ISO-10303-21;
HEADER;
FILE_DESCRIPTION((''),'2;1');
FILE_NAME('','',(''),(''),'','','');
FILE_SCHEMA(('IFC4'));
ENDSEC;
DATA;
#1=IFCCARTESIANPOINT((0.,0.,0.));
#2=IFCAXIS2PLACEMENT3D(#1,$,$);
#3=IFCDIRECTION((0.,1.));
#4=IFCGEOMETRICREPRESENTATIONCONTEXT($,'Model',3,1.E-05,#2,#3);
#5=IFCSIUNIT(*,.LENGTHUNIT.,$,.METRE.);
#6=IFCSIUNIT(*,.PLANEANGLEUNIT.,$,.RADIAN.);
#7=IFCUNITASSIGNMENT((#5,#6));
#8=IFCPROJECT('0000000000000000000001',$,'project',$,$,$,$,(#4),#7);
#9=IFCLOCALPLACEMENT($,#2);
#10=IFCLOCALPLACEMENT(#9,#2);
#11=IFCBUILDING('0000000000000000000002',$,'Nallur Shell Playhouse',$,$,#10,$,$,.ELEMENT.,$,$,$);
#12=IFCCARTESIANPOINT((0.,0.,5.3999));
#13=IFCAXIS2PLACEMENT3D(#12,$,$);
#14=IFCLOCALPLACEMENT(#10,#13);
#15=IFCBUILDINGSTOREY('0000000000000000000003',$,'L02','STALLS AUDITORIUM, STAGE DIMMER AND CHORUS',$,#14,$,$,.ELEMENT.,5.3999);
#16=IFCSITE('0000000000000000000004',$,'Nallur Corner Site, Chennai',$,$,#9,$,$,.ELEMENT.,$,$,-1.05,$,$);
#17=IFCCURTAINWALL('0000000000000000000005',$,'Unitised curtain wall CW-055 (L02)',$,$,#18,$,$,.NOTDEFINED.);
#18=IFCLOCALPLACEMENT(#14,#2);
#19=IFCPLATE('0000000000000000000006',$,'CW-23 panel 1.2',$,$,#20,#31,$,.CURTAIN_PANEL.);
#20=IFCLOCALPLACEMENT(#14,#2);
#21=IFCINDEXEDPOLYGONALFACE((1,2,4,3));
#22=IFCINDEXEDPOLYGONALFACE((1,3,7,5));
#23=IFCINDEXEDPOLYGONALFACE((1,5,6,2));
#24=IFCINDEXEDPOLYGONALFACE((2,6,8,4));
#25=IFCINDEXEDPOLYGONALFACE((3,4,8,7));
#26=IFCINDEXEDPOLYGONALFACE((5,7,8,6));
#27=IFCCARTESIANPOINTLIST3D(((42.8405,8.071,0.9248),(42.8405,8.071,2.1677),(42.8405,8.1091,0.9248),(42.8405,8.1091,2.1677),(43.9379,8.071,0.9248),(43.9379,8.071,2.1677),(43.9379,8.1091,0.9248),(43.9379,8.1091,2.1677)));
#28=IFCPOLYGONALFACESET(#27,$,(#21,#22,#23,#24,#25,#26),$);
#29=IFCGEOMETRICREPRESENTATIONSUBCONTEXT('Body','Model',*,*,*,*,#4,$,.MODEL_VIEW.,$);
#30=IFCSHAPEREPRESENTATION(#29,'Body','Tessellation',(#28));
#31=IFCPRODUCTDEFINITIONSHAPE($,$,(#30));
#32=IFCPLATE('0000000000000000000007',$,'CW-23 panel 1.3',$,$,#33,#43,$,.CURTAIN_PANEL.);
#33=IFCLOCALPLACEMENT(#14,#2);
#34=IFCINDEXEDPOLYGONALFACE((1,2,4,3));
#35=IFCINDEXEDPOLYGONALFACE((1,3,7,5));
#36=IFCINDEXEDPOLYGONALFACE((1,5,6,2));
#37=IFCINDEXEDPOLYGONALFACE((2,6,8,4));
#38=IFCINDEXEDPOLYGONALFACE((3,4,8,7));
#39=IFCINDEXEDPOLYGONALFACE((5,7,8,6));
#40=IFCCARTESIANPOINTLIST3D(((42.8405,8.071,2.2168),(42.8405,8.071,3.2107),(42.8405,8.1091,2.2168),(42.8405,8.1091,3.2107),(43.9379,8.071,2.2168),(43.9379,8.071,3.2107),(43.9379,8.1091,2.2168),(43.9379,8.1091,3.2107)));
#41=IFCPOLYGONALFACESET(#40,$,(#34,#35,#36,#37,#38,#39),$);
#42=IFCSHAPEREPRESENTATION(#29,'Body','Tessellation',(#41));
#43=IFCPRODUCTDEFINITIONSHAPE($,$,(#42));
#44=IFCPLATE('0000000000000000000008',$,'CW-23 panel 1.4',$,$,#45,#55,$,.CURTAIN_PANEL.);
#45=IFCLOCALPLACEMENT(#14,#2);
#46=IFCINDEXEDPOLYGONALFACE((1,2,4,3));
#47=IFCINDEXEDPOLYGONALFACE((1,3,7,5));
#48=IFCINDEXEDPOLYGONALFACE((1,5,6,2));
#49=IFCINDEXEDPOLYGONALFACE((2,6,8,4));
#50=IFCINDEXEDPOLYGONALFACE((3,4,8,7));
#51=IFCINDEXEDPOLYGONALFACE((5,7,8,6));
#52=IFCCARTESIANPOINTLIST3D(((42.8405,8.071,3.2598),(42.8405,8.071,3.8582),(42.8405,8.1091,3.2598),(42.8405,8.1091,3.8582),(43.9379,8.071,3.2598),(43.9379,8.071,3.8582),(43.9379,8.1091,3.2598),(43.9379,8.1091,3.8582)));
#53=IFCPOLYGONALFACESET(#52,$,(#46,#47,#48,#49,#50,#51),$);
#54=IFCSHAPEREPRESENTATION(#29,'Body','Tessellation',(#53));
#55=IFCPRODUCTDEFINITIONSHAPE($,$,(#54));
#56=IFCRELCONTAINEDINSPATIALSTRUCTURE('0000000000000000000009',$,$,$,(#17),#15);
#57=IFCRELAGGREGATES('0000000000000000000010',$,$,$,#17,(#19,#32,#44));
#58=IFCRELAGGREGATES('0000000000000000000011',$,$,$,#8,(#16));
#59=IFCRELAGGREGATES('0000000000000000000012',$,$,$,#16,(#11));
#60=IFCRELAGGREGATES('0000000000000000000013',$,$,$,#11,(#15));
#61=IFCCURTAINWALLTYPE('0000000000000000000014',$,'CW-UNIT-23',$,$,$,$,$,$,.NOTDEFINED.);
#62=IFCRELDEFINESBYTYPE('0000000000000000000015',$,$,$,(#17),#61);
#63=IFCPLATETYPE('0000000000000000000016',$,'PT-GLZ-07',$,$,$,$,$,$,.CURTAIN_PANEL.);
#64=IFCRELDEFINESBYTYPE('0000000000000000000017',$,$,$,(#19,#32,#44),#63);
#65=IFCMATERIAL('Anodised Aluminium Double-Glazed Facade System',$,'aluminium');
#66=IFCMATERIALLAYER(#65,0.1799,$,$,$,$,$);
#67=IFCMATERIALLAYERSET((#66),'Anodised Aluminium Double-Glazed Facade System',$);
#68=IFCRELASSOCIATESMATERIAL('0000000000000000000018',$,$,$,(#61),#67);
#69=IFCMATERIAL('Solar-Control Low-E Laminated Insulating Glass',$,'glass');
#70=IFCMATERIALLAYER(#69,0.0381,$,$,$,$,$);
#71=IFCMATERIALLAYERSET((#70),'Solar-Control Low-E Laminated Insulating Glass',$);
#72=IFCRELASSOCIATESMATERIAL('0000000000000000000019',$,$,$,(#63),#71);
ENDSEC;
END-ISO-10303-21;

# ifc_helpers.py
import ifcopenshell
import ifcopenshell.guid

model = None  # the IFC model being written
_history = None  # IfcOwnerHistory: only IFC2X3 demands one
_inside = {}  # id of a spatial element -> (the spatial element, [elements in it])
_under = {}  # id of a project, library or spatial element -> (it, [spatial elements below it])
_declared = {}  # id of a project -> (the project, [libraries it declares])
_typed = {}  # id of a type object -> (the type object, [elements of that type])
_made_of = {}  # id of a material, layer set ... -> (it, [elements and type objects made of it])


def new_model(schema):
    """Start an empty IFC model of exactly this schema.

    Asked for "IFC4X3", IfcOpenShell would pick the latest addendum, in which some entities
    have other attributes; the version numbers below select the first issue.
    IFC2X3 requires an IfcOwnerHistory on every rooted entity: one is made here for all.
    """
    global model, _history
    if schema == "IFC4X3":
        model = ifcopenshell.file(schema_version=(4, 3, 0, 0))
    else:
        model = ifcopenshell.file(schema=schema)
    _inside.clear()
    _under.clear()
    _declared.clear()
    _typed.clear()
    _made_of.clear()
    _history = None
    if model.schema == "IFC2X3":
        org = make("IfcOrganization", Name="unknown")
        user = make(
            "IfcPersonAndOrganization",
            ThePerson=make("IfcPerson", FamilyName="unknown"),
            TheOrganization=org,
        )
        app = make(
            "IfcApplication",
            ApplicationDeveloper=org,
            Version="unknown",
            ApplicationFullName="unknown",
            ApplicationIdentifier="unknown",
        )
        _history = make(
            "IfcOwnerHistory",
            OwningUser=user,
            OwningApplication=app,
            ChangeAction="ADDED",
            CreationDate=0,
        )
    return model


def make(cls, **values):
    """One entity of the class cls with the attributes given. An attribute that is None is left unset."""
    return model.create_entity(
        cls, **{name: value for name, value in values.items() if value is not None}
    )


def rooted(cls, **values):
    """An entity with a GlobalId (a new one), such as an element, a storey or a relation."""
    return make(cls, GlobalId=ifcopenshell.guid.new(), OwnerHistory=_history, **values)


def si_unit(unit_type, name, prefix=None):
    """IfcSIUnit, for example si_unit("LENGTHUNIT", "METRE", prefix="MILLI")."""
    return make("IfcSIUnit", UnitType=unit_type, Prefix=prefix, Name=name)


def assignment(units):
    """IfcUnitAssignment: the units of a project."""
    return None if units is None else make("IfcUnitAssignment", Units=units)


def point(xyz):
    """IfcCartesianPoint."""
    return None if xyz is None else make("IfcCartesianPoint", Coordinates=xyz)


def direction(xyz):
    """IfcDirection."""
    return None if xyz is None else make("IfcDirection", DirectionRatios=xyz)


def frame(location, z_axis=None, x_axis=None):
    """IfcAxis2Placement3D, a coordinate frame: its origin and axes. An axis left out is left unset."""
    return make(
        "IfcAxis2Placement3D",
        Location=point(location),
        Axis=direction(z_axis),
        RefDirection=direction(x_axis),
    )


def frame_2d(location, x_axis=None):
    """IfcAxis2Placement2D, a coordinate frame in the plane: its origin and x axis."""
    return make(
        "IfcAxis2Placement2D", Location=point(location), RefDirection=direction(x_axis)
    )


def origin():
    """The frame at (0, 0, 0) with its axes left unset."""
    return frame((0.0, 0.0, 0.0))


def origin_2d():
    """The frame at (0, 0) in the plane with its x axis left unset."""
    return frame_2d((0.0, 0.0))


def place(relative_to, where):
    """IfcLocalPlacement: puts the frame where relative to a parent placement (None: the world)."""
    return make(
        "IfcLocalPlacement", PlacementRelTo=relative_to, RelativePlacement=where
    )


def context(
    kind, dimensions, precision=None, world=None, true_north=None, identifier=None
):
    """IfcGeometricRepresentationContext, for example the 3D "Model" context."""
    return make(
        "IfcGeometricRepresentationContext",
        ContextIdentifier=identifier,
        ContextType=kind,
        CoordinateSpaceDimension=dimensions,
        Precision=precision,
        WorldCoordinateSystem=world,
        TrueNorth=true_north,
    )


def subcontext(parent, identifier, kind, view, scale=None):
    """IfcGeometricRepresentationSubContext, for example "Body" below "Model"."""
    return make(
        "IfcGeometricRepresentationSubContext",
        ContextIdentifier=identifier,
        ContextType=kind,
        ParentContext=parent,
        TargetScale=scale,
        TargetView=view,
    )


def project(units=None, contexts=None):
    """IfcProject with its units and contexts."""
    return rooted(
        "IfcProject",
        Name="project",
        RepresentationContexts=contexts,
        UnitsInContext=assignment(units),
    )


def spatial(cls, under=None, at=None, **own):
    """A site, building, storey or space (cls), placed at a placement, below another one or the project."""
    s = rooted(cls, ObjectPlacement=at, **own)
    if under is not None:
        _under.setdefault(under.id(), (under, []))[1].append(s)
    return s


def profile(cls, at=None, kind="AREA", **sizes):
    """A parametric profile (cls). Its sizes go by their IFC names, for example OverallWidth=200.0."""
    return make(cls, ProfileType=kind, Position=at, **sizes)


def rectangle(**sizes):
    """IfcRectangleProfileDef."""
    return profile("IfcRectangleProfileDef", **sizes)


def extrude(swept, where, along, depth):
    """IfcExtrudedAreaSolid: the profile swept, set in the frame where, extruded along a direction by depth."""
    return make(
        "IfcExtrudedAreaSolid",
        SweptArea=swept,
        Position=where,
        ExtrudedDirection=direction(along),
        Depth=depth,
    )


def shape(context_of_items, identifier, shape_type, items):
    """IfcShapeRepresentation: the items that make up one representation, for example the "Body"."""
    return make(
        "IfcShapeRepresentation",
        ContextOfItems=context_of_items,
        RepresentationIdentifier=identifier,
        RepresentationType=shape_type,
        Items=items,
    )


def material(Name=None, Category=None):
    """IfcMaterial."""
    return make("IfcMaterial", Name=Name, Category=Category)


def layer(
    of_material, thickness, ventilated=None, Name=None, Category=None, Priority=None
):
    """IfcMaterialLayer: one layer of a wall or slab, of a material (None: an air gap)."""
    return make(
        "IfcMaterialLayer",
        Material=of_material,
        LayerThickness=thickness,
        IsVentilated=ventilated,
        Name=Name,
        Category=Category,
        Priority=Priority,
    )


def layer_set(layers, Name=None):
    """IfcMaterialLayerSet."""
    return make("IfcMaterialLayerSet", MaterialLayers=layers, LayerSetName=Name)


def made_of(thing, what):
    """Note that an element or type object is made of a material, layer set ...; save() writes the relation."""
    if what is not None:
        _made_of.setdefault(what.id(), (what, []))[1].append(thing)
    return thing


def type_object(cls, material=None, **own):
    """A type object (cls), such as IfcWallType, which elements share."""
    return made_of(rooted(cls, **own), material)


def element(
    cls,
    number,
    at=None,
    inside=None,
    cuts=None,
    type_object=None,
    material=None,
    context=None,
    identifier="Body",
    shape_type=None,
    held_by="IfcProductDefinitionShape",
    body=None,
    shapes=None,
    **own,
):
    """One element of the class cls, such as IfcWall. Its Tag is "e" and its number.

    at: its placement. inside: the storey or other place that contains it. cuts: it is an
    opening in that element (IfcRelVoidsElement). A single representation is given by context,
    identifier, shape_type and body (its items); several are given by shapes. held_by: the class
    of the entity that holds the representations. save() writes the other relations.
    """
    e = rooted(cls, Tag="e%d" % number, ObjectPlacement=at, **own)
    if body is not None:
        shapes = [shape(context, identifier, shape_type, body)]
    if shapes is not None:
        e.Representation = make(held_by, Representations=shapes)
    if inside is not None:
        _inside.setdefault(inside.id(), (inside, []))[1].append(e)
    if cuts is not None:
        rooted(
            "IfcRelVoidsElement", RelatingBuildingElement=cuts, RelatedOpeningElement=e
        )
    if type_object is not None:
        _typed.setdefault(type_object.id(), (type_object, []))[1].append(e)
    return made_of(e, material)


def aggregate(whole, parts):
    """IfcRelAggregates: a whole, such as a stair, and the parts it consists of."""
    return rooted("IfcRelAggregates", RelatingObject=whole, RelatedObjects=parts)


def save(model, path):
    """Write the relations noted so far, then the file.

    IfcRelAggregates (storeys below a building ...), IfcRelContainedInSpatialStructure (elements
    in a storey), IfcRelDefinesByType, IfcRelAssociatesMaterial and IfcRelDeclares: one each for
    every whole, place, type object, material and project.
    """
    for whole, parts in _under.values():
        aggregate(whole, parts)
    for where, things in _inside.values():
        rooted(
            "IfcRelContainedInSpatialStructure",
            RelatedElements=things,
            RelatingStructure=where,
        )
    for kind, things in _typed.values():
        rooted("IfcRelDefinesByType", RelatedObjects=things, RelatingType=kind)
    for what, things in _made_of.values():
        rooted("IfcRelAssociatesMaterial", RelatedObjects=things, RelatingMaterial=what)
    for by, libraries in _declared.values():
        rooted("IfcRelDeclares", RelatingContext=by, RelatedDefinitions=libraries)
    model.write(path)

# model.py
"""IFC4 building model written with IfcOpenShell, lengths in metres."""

from ifc_helpers import new_model, si_unit, direction, frame, origin, origin_2d, place, context, subcontext, project, spatial, rectangle, extrude, material, layer, layer_set, type_object, element, aggregate, save


model = new_model("IFC4")

# Units and contexts
model_context = context("Model", 3, precision=1e-05, world=origin(), true_north=direction((0.0, 1.0)))
body_context = subcontext(model_context, "Body", "Model", "MODEL_VIEW")
ifc_project = project(units=[si_unit("LENGTHUNIT", "METRE"), si_unit("PLANEANGLEUNIT", "RADIAN")], contexts=[model_context])

# Site, building, storey
site_placement = place(None, origin())
site = spatial("IfcSite", under=ifc_project, at=site_placement, Name="Nallur Corner Site, Chennai", CompositionType="ELEMENT", RefElevation=-1.05)
building_placement = place(site_placement, origin())
building = spatial("IfcBuilding", under=site, at=building_placement, Name="Nallur Shell Playhouse", CompositionType="ELEMENT")
storey_placement = place(building_placement, frame((0.0, 0.0, 5.3999)))
storey = spatial("IfcBuildingStorey", under=building, at=storey_placement, Name="L02", Description="STALLS AUDITORIUM, STAGE DIMMER AND CHORUS", CompositionType="ELEMENT", Elevation=5.3999)

# Curtain wall
ifc_material_1 = material(Name="Anodised Aluminium Double-Glazed Facade System", Category="aluminium")
ifc_layer_1 = layer(ifc_material_1, 0.1799)
ifc_layer_set_1 = layer_set([ifc_layer_1], Name="Anodised Aluminium Double-Glazed Facade System")
curtain_wall_type_1 = type_object("IfcCurtainWallType", Name="CW-UNIT-23", PredefinedType="NOTDEFINED", material=ifc_layer_set_1)
curtain_wall_1_placement = place(storey_placement, origin())
curtain_wall_1 = element("IfcCurtainWall", 1, at=curtain_wall_1_placement, inside=storey, type_object=curtain_wall_type_1, Name="Unitised curtain wall CW-055 (L02)", PredefinedType="NOTDEFINED")

# Plates
ifc_material_2 = material(Name="Solar-Control Low-E Laminated Insulating Glass", Category="glass")
ifc_layer_2 = layer(ifc_material_2, 0.0381)
ifc_layer_set_2 = layer_set([ifc_layer_2], Name="Solar-Control Low-E Laminated Insulating Glass")
plate_type_1 = type_object("IfcPlateType", Name="PT-GLZ-07", PredefinedType="CURTAIN_PANEL", material=ifc_layer_set_2)
plate_1_placement = place(storey_placement, frame((43.3892, 8.0901, 0.9248), z_axis=(0.0, 0.0, 1.0), x_axis=(-1.0, 0.0, 0.0)))
plate_1 = element("IfcPlate", 2, at=plate_1_placement, type_object=plate_type_1, Name="CW-23 panel 1.2", PredefinedType="CURTAIN_PANEL", context=body_context, shape_type="SweptSolid", body=[
    extrude(rectangle(XDim=1.0974, YDim=0.0381, at=origin_2d()), origin(), (0.0, 0.0, 1.0), 1.2429),
])
plate_2_placement = place(storey_placement, frame((43.3892, 8.0901, 2.2168), z_axis=(0.0, 0.0, 1.0), x_axis=(-1.0, 0.0, 0.0)))
plate_2 = element("IfcPlate", 3, at=plate_2_placement, type_object=plate_type_1, Name="CW-23 panel 1.3", PredefinedType="CURTAIN_PANEL", context=body_context, shape_type="SweptSolid", body=[
    extrude(rectangle(XDim=1.0974, YDim=0.0381, at=origin_2d()), origin(), (0.0, 0.0, 1.0), 0.9939),
])
plate_3_placement = place(storey_placement, frame((43.3892, 8.0901, 3.2598), z_axis=(0.0, 0.0, 1.0), x_axis=(-1.0, 0.0, 0.0)))
plate_3 = element("IfcPlate", 4, at=plate_3_placement, type_object=plate_type_1, Name="CW-23 panel 1.4", PredefinedType="CURTAIN_PANEL", context=body_context, shape_type="SweptSolid", body=[
    extrude(rectangle(XDim=1.0974, YDim=0.0381, at=origin_2d()), origin(), (0.0, 0.0, 1.0), 0.5984),
])
aggregate(curtain_wall_1, [plate_1, plate_2, plate_3])

save(model, "model.ifc")
